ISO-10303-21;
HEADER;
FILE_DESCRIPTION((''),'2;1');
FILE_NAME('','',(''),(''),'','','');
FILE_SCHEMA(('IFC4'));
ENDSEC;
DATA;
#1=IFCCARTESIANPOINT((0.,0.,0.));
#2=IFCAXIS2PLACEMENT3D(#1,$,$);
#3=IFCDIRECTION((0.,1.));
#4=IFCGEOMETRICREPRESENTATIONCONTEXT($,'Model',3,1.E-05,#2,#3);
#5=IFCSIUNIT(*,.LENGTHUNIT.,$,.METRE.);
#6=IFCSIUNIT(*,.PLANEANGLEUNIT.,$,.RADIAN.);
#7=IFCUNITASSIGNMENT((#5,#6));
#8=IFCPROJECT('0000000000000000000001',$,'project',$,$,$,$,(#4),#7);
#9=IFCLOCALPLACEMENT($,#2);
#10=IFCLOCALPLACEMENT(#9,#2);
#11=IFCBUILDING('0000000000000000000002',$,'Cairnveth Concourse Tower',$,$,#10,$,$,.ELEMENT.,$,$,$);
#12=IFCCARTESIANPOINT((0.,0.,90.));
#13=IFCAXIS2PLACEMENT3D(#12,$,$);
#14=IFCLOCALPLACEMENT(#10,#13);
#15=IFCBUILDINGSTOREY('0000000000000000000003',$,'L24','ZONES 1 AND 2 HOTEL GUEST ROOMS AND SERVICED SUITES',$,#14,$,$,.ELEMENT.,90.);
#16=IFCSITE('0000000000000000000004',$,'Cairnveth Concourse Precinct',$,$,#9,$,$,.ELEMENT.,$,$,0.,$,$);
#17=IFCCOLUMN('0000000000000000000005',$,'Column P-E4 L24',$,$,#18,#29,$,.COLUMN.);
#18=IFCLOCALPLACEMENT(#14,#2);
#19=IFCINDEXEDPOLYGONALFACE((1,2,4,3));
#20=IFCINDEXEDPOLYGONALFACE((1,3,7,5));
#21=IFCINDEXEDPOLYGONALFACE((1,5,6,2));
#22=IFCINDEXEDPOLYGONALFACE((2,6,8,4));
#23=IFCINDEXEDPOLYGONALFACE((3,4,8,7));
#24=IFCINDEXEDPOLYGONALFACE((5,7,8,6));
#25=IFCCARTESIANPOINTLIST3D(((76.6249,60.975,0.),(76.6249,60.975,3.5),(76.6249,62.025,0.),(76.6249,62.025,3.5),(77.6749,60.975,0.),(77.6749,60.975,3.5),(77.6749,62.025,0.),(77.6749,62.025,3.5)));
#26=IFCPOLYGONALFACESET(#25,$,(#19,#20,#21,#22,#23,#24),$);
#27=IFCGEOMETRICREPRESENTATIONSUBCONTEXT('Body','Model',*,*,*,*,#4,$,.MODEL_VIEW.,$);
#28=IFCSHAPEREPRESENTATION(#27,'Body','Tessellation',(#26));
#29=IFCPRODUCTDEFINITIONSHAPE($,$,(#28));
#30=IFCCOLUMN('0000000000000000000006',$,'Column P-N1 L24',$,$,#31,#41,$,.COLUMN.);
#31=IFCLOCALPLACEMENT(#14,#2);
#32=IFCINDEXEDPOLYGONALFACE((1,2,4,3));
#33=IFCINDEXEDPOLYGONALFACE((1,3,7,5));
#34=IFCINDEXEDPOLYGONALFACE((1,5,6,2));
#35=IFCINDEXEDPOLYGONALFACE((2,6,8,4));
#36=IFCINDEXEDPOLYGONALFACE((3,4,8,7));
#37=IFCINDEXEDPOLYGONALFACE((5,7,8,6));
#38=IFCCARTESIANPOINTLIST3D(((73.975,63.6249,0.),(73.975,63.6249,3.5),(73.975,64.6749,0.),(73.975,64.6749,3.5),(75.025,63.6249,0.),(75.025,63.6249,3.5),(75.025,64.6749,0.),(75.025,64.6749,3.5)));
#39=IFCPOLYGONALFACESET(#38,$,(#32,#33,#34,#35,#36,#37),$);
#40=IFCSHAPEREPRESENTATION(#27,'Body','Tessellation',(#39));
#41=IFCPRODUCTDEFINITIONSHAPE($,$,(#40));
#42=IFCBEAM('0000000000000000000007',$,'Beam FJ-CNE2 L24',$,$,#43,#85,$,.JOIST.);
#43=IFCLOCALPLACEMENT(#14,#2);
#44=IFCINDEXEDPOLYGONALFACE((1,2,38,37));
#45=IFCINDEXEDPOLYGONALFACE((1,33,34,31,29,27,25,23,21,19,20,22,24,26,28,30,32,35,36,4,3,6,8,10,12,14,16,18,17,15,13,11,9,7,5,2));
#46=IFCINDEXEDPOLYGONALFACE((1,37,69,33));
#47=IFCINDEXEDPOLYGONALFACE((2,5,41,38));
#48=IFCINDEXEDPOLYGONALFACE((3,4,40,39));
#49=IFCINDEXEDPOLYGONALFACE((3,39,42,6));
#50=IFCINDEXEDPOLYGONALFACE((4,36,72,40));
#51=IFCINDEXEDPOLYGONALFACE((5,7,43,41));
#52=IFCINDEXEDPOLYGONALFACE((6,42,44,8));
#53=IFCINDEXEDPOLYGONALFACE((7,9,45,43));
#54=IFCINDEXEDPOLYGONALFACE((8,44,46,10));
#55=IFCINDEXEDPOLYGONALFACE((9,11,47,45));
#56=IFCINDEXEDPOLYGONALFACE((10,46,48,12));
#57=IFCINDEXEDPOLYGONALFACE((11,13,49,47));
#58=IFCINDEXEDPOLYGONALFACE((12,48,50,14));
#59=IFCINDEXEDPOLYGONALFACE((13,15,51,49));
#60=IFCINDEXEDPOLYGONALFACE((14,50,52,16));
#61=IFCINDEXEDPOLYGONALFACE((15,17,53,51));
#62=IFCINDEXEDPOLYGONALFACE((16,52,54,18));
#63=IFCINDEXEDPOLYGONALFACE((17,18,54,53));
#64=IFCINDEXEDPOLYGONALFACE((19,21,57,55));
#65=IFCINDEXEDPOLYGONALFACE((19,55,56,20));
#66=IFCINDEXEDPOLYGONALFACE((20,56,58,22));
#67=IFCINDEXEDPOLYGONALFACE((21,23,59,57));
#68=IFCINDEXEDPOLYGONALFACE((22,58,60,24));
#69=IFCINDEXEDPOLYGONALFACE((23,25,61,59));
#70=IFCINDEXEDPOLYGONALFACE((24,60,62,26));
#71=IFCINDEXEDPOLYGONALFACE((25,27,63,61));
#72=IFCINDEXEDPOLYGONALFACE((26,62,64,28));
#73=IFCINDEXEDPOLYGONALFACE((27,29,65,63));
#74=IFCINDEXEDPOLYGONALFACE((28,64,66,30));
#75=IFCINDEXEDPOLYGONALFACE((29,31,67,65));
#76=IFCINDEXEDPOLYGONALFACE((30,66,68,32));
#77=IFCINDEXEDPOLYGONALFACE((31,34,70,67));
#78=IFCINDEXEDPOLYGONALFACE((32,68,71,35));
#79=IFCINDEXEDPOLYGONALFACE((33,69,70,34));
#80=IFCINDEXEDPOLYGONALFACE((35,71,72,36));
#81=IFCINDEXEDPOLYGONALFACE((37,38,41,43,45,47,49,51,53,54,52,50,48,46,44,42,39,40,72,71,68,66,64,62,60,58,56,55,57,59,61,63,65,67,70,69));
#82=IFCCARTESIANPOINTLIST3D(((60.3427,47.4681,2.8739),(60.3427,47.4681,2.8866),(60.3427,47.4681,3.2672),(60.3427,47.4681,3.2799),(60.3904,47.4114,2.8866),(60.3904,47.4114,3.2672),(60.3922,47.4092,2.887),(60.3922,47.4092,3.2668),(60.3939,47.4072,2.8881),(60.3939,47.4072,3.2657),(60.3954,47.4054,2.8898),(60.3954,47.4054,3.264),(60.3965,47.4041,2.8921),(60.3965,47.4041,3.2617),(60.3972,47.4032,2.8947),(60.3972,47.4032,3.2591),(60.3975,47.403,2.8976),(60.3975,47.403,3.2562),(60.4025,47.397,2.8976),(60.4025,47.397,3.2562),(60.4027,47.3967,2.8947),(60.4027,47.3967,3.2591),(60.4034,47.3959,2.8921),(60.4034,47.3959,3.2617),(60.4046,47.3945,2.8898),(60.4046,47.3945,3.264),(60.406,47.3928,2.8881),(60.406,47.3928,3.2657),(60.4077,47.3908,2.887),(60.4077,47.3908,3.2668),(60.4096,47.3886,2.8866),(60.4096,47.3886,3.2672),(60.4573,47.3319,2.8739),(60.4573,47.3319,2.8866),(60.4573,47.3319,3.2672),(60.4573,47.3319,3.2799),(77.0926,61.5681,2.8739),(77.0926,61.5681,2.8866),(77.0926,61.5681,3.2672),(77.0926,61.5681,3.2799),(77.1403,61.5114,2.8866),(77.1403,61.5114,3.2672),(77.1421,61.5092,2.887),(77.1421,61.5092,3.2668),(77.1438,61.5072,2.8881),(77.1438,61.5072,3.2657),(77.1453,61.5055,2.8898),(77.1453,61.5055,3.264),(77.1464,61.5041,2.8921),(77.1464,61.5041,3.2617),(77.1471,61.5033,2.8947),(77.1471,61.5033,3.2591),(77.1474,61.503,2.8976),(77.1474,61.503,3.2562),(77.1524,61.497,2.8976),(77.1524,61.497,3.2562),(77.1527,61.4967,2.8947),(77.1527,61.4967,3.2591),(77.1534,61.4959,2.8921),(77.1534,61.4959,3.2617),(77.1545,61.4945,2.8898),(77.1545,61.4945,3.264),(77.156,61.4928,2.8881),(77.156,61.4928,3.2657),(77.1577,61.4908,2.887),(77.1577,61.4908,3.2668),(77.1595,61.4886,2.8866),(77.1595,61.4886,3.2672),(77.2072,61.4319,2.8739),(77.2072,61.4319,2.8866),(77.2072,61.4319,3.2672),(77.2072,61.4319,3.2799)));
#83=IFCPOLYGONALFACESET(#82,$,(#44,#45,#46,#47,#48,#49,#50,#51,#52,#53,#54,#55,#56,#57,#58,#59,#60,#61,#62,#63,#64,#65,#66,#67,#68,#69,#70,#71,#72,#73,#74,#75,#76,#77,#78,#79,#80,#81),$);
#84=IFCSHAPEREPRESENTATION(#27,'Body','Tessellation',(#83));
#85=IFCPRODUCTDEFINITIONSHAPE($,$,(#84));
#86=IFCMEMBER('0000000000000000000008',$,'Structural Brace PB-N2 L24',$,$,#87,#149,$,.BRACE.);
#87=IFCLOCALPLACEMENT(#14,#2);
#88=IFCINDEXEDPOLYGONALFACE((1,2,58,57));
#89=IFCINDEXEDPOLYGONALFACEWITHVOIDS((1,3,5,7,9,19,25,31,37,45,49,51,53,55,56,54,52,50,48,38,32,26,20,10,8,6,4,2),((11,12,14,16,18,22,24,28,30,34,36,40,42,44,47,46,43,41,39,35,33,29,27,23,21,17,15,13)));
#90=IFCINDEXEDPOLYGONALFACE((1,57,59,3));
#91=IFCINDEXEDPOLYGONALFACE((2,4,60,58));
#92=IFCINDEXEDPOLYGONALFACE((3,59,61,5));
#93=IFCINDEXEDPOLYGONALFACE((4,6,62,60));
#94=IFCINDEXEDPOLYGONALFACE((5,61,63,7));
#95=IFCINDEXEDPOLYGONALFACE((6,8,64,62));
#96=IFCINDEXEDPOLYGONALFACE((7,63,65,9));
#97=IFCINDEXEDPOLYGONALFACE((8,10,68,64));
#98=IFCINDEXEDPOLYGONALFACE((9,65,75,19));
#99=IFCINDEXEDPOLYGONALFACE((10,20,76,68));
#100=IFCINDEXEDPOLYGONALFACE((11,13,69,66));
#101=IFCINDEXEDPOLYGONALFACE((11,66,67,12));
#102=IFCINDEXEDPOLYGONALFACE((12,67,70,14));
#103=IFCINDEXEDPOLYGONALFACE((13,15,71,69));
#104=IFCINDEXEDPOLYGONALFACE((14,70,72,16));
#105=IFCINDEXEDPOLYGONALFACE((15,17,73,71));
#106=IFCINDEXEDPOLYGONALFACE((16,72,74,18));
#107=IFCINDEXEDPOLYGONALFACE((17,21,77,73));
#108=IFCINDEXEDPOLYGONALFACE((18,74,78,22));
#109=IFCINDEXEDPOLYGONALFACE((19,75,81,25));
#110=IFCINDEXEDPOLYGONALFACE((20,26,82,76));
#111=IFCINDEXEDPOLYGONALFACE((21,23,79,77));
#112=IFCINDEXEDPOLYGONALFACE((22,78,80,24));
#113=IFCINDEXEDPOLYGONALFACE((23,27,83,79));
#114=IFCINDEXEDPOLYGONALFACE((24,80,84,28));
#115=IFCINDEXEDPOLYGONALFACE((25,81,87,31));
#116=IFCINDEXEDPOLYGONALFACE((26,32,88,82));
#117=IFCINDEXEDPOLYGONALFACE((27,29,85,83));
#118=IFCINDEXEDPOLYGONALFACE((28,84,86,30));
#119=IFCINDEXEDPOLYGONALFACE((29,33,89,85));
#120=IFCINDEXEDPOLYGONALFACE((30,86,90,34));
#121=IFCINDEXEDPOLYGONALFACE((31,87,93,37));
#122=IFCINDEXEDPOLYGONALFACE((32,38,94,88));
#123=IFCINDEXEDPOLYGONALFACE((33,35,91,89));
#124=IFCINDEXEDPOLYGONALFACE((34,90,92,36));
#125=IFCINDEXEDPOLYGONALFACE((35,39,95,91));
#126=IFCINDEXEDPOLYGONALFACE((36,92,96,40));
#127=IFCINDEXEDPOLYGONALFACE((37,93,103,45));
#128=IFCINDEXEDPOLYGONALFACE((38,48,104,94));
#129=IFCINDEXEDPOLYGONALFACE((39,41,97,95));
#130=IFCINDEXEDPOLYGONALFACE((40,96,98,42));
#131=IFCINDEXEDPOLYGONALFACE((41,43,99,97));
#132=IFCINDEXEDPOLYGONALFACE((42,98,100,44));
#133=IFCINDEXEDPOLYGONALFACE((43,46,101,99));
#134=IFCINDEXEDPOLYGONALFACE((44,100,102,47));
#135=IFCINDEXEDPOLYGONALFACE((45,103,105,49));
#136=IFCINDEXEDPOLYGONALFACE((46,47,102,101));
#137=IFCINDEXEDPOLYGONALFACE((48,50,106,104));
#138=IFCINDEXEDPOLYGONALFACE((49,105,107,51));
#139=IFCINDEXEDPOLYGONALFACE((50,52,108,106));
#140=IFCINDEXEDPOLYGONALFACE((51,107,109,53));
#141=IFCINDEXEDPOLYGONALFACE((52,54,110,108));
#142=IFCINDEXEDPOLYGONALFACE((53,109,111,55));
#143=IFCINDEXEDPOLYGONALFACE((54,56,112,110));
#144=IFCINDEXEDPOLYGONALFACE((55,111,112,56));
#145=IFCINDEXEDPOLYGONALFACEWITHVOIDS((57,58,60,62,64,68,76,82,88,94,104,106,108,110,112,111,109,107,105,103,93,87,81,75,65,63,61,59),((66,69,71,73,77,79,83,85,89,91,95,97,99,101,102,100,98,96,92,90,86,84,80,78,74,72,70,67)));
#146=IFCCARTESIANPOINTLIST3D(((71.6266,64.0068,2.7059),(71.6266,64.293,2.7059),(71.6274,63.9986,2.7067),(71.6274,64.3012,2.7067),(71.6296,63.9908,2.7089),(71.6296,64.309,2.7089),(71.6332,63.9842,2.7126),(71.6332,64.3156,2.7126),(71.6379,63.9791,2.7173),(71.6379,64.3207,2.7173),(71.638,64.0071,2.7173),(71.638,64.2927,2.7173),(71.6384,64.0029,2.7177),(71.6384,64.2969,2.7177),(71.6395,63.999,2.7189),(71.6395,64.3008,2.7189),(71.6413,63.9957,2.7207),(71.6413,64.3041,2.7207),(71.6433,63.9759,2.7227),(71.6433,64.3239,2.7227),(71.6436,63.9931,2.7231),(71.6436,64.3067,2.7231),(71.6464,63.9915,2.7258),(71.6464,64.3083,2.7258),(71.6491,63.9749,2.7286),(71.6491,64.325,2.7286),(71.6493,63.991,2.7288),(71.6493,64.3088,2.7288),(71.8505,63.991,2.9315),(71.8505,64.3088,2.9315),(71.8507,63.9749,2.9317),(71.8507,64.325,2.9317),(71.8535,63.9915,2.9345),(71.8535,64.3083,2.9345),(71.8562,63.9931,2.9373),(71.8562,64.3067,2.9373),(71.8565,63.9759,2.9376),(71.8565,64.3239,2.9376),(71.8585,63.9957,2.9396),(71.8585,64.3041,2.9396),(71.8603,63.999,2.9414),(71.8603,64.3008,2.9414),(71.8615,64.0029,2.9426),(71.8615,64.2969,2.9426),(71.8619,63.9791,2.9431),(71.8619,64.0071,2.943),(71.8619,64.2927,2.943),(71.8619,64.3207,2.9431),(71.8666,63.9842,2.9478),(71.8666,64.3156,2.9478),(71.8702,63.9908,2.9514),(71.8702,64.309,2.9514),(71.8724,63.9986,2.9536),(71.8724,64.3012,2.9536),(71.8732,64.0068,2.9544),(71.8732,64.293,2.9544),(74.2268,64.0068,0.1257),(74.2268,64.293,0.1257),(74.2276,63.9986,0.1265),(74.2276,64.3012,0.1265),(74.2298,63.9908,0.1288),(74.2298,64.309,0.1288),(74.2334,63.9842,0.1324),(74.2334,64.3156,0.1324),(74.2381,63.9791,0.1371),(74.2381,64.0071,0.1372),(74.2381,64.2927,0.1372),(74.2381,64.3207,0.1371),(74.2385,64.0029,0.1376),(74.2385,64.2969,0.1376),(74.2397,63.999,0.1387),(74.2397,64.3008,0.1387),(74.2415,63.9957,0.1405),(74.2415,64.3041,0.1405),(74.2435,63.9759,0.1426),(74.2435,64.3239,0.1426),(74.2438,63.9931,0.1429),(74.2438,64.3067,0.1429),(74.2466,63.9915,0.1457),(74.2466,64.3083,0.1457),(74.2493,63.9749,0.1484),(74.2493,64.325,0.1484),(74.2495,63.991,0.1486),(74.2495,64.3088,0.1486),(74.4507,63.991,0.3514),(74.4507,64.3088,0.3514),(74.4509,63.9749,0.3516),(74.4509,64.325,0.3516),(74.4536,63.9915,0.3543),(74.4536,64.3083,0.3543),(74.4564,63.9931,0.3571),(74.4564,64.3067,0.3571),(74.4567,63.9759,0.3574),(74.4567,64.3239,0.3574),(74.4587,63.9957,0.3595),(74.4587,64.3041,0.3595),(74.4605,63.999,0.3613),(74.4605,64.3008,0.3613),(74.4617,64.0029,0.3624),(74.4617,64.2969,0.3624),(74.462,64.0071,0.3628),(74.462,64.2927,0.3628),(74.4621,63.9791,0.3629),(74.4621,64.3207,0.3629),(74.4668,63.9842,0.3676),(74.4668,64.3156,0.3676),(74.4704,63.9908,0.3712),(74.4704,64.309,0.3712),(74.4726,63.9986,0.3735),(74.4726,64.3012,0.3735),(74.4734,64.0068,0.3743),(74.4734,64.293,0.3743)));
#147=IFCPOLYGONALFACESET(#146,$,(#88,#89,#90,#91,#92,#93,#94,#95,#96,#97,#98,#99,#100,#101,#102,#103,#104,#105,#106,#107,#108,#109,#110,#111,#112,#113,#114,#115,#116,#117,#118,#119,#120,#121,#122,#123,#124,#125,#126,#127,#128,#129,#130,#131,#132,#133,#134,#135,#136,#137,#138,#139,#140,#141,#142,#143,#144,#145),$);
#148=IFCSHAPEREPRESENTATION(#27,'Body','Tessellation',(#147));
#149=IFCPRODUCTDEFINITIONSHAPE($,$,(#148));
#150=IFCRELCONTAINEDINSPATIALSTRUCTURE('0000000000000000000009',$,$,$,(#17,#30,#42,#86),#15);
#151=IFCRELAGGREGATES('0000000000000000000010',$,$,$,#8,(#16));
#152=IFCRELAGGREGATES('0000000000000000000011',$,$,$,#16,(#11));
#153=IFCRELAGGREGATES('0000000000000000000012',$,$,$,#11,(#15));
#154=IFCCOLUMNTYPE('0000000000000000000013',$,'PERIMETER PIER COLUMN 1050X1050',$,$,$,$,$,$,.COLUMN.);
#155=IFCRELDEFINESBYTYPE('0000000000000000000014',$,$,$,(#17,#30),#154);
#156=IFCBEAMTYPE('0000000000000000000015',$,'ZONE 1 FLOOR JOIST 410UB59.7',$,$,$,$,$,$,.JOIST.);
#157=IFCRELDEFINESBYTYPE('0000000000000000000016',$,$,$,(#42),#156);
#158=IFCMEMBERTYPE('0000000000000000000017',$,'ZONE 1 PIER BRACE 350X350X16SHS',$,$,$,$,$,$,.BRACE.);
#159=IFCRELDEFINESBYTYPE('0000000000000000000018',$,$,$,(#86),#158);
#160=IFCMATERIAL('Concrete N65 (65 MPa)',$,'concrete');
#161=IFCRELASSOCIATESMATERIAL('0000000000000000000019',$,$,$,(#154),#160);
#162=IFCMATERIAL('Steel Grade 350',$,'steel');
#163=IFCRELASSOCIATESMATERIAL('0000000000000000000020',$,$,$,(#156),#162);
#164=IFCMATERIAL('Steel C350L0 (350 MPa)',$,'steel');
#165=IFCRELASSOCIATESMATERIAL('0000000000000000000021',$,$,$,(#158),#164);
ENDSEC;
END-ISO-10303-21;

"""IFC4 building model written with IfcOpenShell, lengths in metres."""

from ifc_helpers import new_model, si_unit, direction, frame, origin, origin_2d, place, context, subcontext, project, spatial, rectangle, hollow_rectangle, i_section, extrude, material, material_profile, profile_set, type_object, element, save


model = new_model("IFC4")

# Units and contexts
model_context = context("Model", 3, precision=1e-05, world=origin(), true_north=direction((0.0, 1.0)))
body_context = subcontext(model_context, "Body", "Model", "MODEL_VIEW")
ifc_project = project(units=[si_unit("LENGTHUNIT", "METRE"), si_unit("PLANEANGLEUNIT", "RADIAN")], contexts=[model_context])

# Site, building, storey
site_placement = place(None, origin())
site = spatial("IfcSite", under=ifc_project, at=site_placement, Name="Cairnveth Concourse Precinct", CompositionType="ELEMENT", RefElevation=0.0)
building_placement = place(site_placement, origin())
building = spatial("IfcBuilding", under=site, at=building_placement, Name="Cairnveth Concourse Tower", CompositionType="ELEMENT")
storey_placement = place(building_placement, frame((0.0, 0.0, 90.0)))
storey = spatial("IfcBuildingStorey", under=building, at=storey_placement, Name="L24", Description="ZONES 1 AND 2 HOTEL GUEST ROOMS AND SERVICED SUITES", CompositionType="ELEMENT", Elevation=90.0)

# Columns
ifc_material_1 = material(Name="Concrete N65 (65 MPa)", Category="concrete")
ifc_material_profile_1 = material_profile(ifc_material_1, rectangle(XDim=1.05, YDim=1.05, at=origin_2d()), Name="RC-COL-1050x1050")
ifc_profile_set_1 = profile_set([ifc_material_profile_1], Name="Concrete N65 (65 MPa)")
column_type = type_object("IfcColumnType", Name="PERIMETER PIER COLUMN 1050X1050", PredefinedType="COLUMN", material=ifc_profile_set_1)
for number, where, z_axis, x_axis, name in (
    (1, (77.1499, 61.5, 0.0), (0.0, 0.0, 1.0), (0.0, 1.0, 0.0), "Column P-E4 L24"),
    (2, (74.5, 64.1499, 0.0), (0.0, 0.0, 1.0), (1.0, 0.0, 0.0), "Column P-N1 L24"),
):
    element("IfcColumn", number, at=place(storey_placement, frame(where, z_axis=z_axis, x_axis=x_axis)), inside=storey, type_object=column_type, Name=name, PredefinedType="COLUMN", context=body_context, shape_type="SweptSolid", body=[
        extrude(rectangle(XDim=1.05, YDim=1.05, at=origin_2d()), origin(), (0.0, 0.0, 1.0), 3.5),
    ])

# Beam
ifc_material_2 = material(Name="Steel Grade 350", Category="steel")
ifc_material_profile_2 = material_profile(ifc_material_2, i_section(OverallWidth=0.178, OverallDepth=0.406, WebThickness=0.0078, FlangeThickness=0.0127, FilletRadius=0.011, at=origin_2d()), Name="410UB59.7")
ifc_profile_set_2 = profile_set([ifc_material_profile_2], Name="Steel Grade 350")
beam_type_1 = type_object("IfcBeamType", Name="ZONE 1 FLOOR JOIST 410UB59.7", PredefinedType="JOIST", material=ifc_profile_set_2)
beam_1_placement = place(storey_placement, frame((77.1499, 61.5, 3.0769), z_axis=(-0.765027, -0.643998, 0.0), x_axis=(0.643998, -0.765027, 0.0)))
element("IfcBeam", 3, at=beam_1_placement, inside=storey, type_object=beam_type_1, Name="Beam FJ-CNE2 L24", PredefinedType="JOIST", context=body_context, shape_type="SweptSolid", body=[
    extrude(i_section(OverallWidth=0.178, OverallDepth=0.406, WebThickness=0.0078, FlangeThickness=0.0127, FilletRadius=0.011, at=origin_2d()), origin(), (0.0, 0.0, 1.0), 21.8945),
])

# Member
ifc_material_3 = material(Name="Steel C350L0 (350 MPa)", Category="steel")
ifc_material_profile_3 = material_profile(ifc_material_3, hollow_rectangle(XDim=0.3501, YDim=0.3501, WallThickness=0.0161, InnerFilletRadius=0.0161, OuterFilletRadius=0.032, at=origin_2d()), Name="350x350x16.0SHS")
ifc_profile_set_3 = profile_set([ifc_material_profile_3], Name="Steel C350L0 (350 MPa)")
member_type = type_object("IfcMemberType", Name="ZONE 1 PIER BRACE 350X350X16SHS", PredefinedType="BRACE", material=ifc_profile_set_3)
for number, where, z_axis, x_axis, name in (
    (4, (74.3501, 64.1499, 0.25), (-0.709834, 0.0, 0.704369), (0.0, -1.0, 0.0), "Structural Brace PB-N2 L24"),
):
    element("IfcMember", number, at=place(storey_placement, frame(where, z_axis=z_axis, x_axis=x_axis)), inside=storey, type_object=member_type, Name=name, PredefinedType="BRACE", context=body_context, shape_type="SweptSolid", body=[
        extrude(hollow_rectangle(XDim=0.3501, YDim=0.3501, WallThickness=0.0161, InnerFilletRadius=0.0161, OuterFilletRadius=0.032, at=origin_2d()), origin(), (0.0, 0.0, 1.0), 3.6631),
    ])

save(model, "model.ifc")
